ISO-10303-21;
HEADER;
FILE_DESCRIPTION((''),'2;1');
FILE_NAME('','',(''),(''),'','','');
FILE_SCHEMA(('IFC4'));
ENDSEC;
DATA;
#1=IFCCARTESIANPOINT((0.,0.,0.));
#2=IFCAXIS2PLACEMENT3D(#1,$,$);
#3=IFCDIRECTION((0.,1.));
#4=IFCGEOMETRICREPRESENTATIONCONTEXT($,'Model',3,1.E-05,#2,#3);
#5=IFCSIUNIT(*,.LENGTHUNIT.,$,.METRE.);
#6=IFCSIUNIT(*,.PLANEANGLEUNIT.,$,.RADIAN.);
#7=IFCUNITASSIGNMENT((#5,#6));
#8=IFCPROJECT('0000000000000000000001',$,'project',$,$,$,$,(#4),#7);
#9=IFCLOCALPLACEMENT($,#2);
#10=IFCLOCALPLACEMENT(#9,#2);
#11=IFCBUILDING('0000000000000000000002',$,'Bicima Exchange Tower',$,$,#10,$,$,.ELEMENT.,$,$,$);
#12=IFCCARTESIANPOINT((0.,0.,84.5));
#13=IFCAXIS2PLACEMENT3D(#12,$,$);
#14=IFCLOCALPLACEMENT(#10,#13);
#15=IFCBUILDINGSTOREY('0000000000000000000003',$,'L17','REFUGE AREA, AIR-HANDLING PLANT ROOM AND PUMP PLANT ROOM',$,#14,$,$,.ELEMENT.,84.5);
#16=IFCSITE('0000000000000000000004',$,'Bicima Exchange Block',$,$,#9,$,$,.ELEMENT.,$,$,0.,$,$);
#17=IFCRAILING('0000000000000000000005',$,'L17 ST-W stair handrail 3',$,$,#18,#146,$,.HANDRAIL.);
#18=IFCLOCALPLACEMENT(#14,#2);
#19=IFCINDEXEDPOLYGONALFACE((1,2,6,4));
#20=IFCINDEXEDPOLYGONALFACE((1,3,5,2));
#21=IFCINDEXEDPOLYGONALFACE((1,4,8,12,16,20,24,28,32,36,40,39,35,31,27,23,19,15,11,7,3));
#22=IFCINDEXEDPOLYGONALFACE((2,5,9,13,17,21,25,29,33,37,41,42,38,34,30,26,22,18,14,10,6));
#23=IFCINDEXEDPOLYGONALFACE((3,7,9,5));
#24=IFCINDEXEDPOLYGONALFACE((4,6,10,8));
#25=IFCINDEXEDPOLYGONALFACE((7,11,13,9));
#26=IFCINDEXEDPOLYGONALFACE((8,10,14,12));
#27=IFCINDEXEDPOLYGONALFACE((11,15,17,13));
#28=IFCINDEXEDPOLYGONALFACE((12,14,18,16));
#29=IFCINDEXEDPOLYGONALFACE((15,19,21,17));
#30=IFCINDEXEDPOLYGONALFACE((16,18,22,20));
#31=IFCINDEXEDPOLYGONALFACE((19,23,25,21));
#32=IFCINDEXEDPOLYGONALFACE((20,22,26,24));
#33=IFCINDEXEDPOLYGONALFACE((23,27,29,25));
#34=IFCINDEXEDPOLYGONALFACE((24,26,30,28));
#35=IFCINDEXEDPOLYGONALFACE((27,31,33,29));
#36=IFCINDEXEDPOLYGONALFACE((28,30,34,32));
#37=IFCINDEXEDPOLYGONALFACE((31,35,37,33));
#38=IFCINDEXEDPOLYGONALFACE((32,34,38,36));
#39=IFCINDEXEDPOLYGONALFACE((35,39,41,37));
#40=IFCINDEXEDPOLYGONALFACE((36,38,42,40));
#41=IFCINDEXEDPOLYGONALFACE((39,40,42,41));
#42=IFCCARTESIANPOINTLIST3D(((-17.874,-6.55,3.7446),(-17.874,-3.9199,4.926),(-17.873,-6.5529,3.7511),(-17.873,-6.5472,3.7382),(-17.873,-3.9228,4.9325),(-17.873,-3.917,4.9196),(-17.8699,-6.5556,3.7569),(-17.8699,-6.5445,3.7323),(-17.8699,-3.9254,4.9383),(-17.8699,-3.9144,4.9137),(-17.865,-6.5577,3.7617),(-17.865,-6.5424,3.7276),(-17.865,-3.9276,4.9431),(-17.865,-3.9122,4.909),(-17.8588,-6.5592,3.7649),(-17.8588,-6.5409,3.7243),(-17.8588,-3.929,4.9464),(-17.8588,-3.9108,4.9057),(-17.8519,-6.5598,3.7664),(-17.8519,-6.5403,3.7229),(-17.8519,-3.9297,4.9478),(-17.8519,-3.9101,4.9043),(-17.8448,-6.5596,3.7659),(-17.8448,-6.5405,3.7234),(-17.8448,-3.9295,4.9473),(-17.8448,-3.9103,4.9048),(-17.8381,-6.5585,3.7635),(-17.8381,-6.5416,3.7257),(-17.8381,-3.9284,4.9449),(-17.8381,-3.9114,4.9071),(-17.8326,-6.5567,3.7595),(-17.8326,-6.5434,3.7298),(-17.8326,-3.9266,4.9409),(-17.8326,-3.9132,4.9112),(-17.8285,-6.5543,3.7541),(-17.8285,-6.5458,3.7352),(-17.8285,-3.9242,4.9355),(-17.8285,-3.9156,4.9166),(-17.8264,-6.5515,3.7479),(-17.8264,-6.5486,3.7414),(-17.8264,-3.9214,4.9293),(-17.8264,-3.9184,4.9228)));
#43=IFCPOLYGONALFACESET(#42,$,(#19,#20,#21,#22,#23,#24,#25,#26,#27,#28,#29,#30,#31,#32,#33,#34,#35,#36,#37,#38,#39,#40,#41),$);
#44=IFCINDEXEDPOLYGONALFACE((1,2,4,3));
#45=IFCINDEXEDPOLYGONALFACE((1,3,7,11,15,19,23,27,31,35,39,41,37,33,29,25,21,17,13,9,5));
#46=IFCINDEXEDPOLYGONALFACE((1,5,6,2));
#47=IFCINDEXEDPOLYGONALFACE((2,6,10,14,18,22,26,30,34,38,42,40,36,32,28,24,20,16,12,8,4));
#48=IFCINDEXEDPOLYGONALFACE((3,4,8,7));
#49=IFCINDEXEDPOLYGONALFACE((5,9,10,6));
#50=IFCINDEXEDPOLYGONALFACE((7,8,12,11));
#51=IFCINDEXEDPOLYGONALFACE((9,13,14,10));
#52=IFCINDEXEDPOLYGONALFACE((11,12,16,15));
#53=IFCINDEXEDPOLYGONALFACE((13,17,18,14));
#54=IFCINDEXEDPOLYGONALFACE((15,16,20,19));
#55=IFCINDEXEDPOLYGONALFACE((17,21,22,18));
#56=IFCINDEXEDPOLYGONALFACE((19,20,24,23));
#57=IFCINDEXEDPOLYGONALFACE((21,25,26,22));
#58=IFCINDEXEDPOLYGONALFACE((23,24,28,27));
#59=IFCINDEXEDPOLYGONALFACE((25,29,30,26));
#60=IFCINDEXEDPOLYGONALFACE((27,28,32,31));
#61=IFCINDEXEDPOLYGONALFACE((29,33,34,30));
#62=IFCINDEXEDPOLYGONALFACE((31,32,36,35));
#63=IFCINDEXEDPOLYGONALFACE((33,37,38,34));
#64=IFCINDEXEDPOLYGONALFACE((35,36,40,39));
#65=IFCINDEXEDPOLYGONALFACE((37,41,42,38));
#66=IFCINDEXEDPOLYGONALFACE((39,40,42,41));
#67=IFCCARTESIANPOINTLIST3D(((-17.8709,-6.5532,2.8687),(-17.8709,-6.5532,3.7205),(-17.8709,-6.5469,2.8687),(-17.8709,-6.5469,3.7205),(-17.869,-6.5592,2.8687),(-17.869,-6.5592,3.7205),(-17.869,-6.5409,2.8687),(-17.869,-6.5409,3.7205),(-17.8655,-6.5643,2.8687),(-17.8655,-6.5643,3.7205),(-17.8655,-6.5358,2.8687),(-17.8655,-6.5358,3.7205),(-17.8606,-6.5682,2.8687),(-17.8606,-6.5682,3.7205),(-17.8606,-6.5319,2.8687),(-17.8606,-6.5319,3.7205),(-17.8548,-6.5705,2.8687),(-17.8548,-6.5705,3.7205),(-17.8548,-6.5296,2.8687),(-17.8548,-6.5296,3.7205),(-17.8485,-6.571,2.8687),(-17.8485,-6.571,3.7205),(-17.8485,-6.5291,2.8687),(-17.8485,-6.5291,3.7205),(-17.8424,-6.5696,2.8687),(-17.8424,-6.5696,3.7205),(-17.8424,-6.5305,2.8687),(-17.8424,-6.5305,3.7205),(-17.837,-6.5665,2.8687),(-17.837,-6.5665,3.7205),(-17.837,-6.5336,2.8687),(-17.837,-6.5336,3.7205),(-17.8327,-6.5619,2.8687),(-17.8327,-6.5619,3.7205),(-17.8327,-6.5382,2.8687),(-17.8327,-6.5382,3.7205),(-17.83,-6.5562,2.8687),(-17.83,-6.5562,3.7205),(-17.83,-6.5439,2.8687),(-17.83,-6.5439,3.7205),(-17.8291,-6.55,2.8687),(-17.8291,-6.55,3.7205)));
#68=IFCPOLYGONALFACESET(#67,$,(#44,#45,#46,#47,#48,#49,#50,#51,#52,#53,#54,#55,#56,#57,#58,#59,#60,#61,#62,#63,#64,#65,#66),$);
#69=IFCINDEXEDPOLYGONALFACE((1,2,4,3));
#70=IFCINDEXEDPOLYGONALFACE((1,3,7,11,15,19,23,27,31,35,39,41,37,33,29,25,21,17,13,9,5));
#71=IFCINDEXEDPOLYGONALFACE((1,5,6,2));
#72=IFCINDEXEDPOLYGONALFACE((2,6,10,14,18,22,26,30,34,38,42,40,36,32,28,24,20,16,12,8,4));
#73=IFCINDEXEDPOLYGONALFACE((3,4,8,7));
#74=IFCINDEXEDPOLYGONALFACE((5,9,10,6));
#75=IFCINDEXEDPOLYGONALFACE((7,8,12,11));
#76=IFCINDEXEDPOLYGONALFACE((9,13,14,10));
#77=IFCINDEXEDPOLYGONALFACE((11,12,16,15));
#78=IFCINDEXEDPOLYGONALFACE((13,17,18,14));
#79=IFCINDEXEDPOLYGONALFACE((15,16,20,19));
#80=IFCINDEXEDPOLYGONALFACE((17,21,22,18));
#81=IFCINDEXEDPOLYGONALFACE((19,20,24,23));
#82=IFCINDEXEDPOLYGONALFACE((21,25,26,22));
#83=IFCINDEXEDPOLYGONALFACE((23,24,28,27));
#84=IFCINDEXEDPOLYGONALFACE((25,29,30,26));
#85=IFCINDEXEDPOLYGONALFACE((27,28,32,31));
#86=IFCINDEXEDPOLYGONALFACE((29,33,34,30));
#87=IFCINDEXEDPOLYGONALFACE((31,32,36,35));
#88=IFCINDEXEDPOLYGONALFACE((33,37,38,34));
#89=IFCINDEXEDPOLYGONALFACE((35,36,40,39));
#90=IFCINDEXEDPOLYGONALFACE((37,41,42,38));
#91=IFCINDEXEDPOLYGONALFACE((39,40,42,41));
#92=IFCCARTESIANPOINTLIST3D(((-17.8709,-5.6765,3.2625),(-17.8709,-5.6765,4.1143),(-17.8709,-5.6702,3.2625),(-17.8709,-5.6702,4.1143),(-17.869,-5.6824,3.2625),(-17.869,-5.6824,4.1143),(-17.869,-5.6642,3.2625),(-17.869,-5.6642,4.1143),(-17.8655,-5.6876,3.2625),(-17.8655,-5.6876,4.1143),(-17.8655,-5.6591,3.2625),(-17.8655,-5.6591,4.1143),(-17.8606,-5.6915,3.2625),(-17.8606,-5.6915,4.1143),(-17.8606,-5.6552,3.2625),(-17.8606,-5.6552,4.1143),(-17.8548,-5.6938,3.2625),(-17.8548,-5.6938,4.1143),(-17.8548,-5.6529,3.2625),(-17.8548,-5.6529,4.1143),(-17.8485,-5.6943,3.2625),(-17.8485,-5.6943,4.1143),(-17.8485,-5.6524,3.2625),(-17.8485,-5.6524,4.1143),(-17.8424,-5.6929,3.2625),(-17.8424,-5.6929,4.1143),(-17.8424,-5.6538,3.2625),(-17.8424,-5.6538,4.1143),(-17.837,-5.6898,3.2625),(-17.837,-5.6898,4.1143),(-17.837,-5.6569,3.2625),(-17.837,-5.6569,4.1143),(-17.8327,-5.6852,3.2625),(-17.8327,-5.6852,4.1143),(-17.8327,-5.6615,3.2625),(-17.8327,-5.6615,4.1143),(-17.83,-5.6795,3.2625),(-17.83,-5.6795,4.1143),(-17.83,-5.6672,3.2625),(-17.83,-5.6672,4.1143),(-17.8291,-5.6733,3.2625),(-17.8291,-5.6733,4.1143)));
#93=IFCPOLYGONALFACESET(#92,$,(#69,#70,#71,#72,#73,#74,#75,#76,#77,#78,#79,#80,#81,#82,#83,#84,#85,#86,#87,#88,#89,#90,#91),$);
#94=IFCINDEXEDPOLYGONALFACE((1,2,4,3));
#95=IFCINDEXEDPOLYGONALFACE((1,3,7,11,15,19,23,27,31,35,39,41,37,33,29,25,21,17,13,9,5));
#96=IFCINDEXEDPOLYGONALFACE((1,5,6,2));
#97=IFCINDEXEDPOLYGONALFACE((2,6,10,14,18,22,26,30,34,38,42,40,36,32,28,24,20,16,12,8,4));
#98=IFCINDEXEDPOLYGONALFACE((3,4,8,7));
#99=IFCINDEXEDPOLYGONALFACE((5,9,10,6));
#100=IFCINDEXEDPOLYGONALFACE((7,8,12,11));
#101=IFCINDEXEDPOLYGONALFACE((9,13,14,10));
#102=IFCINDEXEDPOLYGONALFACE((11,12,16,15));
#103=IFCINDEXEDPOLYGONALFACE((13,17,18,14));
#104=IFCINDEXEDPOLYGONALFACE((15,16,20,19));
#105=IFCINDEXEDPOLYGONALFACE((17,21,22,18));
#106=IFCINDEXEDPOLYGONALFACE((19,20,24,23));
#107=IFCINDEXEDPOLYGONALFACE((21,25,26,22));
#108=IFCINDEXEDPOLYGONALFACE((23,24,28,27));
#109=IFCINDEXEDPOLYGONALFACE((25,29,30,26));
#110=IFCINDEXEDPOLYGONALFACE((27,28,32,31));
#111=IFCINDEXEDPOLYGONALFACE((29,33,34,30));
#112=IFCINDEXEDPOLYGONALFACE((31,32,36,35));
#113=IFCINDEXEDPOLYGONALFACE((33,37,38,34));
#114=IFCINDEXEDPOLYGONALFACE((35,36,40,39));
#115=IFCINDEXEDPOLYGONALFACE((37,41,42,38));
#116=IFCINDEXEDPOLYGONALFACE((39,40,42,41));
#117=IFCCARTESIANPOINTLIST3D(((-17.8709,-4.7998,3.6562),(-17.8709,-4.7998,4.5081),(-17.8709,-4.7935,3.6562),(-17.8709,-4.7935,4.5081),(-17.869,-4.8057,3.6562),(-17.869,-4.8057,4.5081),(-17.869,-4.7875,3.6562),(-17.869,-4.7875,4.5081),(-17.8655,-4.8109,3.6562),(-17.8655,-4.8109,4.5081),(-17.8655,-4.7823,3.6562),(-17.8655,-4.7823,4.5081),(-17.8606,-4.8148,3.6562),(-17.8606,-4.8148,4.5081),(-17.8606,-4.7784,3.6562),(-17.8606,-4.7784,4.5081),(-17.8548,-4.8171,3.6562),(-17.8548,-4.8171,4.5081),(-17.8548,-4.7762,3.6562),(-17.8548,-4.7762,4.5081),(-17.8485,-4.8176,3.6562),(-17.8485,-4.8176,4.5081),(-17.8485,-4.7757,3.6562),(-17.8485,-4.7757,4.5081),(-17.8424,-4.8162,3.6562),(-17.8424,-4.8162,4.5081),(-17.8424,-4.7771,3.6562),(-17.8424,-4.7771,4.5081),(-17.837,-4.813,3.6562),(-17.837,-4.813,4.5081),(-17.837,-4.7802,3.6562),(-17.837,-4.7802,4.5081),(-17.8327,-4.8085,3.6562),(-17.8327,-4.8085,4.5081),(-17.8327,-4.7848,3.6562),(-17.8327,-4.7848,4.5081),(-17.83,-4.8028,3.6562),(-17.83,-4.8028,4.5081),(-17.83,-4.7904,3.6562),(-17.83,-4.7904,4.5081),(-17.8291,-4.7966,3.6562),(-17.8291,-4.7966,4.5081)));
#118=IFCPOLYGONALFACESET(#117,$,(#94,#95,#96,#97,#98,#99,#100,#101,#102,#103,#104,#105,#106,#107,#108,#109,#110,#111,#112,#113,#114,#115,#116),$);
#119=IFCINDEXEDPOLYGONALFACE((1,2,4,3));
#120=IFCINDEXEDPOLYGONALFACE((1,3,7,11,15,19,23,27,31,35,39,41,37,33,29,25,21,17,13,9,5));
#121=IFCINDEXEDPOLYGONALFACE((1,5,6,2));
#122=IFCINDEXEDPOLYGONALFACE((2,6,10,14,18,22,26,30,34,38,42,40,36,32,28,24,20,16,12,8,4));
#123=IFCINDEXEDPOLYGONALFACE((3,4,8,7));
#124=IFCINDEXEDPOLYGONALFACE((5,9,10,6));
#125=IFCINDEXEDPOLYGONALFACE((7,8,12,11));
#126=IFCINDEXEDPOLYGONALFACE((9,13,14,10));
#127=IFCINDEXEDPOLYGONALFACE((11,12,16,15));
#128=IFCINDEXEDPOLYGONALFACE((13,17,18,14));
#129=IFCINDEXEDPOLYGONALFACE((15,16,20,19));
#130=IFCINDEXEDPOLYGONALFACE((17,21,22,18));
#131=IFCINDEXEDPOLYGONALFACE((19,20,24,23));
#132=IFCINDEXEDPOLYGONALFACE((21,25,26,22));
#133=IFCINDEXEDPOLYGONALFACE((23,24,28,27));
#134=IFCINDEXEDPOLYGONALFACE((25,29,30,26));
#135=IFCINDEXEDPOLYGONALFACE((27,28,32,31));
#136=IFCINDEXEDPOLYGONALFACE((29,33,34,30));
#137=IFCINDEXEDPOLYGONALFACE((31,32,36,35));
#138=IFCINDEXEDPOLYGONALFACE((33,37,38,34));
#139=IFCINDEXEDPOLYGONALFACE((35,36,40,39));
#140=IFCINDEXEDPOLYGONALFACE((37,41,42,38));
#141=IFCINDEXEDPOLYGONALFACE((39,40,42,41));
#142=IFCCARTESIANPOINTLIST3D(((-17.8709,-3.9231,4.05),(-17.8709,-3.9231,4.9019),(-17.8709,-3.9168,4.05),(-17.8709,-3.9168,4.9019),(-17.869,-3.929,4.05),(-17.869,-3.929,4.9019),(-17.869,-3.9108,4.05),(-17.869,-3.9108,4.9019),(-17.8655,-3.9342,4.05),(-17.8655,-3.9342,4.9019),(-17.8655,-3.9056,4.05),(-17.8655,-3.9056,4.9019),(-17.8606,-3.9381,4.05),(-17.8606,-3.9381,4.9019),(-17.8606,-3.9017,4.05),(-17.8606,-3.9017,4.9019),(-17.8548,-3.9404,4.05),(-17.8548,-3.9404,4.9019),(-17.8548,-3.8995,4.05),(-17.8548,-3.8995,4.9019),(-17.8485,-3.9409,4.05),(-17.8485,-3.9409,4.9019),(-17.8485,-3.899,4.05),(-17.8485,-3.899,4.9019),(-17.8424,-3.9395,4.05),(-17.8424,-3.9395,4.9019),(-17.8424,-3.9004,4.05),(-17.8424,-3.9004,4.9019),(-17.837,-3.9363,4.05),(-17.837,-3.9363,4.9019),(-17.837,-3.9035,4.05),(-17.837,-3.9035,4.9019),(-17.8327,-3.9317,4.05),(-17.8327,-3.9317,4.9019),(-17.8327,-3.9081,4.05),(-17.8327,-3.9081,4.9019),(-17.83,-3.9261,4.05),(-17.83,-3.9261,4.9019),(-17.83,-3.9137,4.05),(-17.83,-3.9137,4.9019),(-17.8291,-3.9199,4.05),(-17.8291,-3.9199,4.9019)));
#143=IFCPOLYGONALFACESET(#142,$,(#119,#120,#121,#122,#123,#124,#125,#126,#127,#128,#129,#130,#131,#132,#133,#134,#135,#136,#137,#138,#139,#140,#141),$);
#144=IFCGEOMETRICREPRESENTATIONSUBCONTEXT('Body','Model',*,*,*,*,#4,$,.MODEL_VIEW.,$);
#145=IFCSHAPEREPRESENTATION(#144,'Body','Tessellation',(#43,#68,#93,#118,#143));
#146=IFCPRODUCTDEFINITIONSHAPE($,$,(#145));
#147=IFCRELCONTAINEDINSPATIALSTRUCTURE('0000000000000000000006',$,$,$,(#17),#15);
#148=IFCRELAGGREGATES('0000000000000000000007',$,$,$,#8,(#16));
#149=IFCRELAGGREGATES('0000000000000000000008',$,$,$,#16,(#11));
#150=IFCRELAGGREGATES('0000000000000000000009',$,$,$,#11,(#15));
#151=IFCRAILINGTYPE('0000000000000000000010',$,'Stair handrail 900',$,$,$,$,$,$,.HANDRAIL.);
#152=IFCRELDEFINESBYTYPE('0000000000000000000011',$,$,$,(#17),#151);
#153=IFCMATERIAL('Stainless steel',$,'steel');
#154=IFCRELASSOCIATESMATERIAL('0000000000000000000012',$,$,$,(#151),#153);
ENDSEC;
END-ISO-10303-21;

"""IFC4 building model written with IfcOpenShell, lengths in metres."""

from ifc_helpers import new_model, si_unit, direction, frame, origin, origin_2d, place, context, subcontext, project, spatial, circle, extrude, material, type_object, element, save


model = new_model("IFC4")

# Units and contexts
model_context = context("Model", 3, precision=1e-05, world=origin(), true_north=direction((0.0, 1.0)))
body_context = subcontext(model_context, "Body", "Model", "MODEL_VIEW")
ifc_project = project(units=[si_unit("LENGTHUNIT", "METRE"), si_unit("PLANEANGLEUNIT", "RADIAN")], contexts=[model_context])

# Site, building, storey
site_placement = place(None, origin())
site = spatial("IfcSite", under=ifc_project, at=site_placement, Name="Bicima Exchange Block", CompositionType="ELEMENT", RefElevation=0.0)
building_placement = place(site_placement, origin())
building = spatial("IfcBuilding", under=site, at=building_placement, Name="Bicima Exchange Tower", CompositionType="ELEMENT")
storey_placement = place(building_placement, frame((0.0, 0.0, 84.5)))
storey = spatial("IfcBuildingStorey", under=building, at=storey_placement, Name="L17", Description="REFUGE AREA, AIR-HANDLING PLANT ROOM AND PUMP PLANT ROOM", CompositionType="ELEMENT", Elevation=84.5)

# Shared definitions
ifc_material_1 = material(Name="Stainless steel", Category="steel")

# Railing
railing_type = type_object("IfcRailingType", Name="Stair handrail 900", PredefinedType="HANDRAIL", material=ifc_material_1)
railing_1_placement = place(storey_placement, frame((-17.8501, -6.55, 2.8687)))
element("IfcRailing", 1, at=railing_1_placement, inside=storey, type_object=railing_type, Name="L17 ST-W stair handrail 3", PredefinedType="HANDRAIL", context=body_context, shape_type="SweptSolid", body=[
    extrude(circle(Radius=0.0239, at=origin_2d()), frame((0.0, 0.0, 0.876), z_axis=(0.0, 0.912202, 0.409741), x_axis=(-1.0, 0.0, 0.0)), (0.0, 0.0, 1.0), 2.8833),
    extrude(circle(Radius=0.021, at=origin_2d()), origin(), (0.0, 0.0, 1.0), 0.8518),
    extrude(circle(Radius=0.021, at=origin_2d()), frame((0.0, 0.8767, 0.3938)), (0.0, 0.0, 1.0), 0.8518),
    extrude(circle(Radius=0.021, at=origin_2d()), frame((0.0, 1.7534, 0.7876)), (0.0, 0.0, 1.0), 0.8518),
    extrude(circle(Radius=0.021, at=origin_2d()), frame((0.0, 2.6301, 1.1814)), (0.0, 0.0, 1.0), 0.8518),
])

save(model, "model.ifc")
